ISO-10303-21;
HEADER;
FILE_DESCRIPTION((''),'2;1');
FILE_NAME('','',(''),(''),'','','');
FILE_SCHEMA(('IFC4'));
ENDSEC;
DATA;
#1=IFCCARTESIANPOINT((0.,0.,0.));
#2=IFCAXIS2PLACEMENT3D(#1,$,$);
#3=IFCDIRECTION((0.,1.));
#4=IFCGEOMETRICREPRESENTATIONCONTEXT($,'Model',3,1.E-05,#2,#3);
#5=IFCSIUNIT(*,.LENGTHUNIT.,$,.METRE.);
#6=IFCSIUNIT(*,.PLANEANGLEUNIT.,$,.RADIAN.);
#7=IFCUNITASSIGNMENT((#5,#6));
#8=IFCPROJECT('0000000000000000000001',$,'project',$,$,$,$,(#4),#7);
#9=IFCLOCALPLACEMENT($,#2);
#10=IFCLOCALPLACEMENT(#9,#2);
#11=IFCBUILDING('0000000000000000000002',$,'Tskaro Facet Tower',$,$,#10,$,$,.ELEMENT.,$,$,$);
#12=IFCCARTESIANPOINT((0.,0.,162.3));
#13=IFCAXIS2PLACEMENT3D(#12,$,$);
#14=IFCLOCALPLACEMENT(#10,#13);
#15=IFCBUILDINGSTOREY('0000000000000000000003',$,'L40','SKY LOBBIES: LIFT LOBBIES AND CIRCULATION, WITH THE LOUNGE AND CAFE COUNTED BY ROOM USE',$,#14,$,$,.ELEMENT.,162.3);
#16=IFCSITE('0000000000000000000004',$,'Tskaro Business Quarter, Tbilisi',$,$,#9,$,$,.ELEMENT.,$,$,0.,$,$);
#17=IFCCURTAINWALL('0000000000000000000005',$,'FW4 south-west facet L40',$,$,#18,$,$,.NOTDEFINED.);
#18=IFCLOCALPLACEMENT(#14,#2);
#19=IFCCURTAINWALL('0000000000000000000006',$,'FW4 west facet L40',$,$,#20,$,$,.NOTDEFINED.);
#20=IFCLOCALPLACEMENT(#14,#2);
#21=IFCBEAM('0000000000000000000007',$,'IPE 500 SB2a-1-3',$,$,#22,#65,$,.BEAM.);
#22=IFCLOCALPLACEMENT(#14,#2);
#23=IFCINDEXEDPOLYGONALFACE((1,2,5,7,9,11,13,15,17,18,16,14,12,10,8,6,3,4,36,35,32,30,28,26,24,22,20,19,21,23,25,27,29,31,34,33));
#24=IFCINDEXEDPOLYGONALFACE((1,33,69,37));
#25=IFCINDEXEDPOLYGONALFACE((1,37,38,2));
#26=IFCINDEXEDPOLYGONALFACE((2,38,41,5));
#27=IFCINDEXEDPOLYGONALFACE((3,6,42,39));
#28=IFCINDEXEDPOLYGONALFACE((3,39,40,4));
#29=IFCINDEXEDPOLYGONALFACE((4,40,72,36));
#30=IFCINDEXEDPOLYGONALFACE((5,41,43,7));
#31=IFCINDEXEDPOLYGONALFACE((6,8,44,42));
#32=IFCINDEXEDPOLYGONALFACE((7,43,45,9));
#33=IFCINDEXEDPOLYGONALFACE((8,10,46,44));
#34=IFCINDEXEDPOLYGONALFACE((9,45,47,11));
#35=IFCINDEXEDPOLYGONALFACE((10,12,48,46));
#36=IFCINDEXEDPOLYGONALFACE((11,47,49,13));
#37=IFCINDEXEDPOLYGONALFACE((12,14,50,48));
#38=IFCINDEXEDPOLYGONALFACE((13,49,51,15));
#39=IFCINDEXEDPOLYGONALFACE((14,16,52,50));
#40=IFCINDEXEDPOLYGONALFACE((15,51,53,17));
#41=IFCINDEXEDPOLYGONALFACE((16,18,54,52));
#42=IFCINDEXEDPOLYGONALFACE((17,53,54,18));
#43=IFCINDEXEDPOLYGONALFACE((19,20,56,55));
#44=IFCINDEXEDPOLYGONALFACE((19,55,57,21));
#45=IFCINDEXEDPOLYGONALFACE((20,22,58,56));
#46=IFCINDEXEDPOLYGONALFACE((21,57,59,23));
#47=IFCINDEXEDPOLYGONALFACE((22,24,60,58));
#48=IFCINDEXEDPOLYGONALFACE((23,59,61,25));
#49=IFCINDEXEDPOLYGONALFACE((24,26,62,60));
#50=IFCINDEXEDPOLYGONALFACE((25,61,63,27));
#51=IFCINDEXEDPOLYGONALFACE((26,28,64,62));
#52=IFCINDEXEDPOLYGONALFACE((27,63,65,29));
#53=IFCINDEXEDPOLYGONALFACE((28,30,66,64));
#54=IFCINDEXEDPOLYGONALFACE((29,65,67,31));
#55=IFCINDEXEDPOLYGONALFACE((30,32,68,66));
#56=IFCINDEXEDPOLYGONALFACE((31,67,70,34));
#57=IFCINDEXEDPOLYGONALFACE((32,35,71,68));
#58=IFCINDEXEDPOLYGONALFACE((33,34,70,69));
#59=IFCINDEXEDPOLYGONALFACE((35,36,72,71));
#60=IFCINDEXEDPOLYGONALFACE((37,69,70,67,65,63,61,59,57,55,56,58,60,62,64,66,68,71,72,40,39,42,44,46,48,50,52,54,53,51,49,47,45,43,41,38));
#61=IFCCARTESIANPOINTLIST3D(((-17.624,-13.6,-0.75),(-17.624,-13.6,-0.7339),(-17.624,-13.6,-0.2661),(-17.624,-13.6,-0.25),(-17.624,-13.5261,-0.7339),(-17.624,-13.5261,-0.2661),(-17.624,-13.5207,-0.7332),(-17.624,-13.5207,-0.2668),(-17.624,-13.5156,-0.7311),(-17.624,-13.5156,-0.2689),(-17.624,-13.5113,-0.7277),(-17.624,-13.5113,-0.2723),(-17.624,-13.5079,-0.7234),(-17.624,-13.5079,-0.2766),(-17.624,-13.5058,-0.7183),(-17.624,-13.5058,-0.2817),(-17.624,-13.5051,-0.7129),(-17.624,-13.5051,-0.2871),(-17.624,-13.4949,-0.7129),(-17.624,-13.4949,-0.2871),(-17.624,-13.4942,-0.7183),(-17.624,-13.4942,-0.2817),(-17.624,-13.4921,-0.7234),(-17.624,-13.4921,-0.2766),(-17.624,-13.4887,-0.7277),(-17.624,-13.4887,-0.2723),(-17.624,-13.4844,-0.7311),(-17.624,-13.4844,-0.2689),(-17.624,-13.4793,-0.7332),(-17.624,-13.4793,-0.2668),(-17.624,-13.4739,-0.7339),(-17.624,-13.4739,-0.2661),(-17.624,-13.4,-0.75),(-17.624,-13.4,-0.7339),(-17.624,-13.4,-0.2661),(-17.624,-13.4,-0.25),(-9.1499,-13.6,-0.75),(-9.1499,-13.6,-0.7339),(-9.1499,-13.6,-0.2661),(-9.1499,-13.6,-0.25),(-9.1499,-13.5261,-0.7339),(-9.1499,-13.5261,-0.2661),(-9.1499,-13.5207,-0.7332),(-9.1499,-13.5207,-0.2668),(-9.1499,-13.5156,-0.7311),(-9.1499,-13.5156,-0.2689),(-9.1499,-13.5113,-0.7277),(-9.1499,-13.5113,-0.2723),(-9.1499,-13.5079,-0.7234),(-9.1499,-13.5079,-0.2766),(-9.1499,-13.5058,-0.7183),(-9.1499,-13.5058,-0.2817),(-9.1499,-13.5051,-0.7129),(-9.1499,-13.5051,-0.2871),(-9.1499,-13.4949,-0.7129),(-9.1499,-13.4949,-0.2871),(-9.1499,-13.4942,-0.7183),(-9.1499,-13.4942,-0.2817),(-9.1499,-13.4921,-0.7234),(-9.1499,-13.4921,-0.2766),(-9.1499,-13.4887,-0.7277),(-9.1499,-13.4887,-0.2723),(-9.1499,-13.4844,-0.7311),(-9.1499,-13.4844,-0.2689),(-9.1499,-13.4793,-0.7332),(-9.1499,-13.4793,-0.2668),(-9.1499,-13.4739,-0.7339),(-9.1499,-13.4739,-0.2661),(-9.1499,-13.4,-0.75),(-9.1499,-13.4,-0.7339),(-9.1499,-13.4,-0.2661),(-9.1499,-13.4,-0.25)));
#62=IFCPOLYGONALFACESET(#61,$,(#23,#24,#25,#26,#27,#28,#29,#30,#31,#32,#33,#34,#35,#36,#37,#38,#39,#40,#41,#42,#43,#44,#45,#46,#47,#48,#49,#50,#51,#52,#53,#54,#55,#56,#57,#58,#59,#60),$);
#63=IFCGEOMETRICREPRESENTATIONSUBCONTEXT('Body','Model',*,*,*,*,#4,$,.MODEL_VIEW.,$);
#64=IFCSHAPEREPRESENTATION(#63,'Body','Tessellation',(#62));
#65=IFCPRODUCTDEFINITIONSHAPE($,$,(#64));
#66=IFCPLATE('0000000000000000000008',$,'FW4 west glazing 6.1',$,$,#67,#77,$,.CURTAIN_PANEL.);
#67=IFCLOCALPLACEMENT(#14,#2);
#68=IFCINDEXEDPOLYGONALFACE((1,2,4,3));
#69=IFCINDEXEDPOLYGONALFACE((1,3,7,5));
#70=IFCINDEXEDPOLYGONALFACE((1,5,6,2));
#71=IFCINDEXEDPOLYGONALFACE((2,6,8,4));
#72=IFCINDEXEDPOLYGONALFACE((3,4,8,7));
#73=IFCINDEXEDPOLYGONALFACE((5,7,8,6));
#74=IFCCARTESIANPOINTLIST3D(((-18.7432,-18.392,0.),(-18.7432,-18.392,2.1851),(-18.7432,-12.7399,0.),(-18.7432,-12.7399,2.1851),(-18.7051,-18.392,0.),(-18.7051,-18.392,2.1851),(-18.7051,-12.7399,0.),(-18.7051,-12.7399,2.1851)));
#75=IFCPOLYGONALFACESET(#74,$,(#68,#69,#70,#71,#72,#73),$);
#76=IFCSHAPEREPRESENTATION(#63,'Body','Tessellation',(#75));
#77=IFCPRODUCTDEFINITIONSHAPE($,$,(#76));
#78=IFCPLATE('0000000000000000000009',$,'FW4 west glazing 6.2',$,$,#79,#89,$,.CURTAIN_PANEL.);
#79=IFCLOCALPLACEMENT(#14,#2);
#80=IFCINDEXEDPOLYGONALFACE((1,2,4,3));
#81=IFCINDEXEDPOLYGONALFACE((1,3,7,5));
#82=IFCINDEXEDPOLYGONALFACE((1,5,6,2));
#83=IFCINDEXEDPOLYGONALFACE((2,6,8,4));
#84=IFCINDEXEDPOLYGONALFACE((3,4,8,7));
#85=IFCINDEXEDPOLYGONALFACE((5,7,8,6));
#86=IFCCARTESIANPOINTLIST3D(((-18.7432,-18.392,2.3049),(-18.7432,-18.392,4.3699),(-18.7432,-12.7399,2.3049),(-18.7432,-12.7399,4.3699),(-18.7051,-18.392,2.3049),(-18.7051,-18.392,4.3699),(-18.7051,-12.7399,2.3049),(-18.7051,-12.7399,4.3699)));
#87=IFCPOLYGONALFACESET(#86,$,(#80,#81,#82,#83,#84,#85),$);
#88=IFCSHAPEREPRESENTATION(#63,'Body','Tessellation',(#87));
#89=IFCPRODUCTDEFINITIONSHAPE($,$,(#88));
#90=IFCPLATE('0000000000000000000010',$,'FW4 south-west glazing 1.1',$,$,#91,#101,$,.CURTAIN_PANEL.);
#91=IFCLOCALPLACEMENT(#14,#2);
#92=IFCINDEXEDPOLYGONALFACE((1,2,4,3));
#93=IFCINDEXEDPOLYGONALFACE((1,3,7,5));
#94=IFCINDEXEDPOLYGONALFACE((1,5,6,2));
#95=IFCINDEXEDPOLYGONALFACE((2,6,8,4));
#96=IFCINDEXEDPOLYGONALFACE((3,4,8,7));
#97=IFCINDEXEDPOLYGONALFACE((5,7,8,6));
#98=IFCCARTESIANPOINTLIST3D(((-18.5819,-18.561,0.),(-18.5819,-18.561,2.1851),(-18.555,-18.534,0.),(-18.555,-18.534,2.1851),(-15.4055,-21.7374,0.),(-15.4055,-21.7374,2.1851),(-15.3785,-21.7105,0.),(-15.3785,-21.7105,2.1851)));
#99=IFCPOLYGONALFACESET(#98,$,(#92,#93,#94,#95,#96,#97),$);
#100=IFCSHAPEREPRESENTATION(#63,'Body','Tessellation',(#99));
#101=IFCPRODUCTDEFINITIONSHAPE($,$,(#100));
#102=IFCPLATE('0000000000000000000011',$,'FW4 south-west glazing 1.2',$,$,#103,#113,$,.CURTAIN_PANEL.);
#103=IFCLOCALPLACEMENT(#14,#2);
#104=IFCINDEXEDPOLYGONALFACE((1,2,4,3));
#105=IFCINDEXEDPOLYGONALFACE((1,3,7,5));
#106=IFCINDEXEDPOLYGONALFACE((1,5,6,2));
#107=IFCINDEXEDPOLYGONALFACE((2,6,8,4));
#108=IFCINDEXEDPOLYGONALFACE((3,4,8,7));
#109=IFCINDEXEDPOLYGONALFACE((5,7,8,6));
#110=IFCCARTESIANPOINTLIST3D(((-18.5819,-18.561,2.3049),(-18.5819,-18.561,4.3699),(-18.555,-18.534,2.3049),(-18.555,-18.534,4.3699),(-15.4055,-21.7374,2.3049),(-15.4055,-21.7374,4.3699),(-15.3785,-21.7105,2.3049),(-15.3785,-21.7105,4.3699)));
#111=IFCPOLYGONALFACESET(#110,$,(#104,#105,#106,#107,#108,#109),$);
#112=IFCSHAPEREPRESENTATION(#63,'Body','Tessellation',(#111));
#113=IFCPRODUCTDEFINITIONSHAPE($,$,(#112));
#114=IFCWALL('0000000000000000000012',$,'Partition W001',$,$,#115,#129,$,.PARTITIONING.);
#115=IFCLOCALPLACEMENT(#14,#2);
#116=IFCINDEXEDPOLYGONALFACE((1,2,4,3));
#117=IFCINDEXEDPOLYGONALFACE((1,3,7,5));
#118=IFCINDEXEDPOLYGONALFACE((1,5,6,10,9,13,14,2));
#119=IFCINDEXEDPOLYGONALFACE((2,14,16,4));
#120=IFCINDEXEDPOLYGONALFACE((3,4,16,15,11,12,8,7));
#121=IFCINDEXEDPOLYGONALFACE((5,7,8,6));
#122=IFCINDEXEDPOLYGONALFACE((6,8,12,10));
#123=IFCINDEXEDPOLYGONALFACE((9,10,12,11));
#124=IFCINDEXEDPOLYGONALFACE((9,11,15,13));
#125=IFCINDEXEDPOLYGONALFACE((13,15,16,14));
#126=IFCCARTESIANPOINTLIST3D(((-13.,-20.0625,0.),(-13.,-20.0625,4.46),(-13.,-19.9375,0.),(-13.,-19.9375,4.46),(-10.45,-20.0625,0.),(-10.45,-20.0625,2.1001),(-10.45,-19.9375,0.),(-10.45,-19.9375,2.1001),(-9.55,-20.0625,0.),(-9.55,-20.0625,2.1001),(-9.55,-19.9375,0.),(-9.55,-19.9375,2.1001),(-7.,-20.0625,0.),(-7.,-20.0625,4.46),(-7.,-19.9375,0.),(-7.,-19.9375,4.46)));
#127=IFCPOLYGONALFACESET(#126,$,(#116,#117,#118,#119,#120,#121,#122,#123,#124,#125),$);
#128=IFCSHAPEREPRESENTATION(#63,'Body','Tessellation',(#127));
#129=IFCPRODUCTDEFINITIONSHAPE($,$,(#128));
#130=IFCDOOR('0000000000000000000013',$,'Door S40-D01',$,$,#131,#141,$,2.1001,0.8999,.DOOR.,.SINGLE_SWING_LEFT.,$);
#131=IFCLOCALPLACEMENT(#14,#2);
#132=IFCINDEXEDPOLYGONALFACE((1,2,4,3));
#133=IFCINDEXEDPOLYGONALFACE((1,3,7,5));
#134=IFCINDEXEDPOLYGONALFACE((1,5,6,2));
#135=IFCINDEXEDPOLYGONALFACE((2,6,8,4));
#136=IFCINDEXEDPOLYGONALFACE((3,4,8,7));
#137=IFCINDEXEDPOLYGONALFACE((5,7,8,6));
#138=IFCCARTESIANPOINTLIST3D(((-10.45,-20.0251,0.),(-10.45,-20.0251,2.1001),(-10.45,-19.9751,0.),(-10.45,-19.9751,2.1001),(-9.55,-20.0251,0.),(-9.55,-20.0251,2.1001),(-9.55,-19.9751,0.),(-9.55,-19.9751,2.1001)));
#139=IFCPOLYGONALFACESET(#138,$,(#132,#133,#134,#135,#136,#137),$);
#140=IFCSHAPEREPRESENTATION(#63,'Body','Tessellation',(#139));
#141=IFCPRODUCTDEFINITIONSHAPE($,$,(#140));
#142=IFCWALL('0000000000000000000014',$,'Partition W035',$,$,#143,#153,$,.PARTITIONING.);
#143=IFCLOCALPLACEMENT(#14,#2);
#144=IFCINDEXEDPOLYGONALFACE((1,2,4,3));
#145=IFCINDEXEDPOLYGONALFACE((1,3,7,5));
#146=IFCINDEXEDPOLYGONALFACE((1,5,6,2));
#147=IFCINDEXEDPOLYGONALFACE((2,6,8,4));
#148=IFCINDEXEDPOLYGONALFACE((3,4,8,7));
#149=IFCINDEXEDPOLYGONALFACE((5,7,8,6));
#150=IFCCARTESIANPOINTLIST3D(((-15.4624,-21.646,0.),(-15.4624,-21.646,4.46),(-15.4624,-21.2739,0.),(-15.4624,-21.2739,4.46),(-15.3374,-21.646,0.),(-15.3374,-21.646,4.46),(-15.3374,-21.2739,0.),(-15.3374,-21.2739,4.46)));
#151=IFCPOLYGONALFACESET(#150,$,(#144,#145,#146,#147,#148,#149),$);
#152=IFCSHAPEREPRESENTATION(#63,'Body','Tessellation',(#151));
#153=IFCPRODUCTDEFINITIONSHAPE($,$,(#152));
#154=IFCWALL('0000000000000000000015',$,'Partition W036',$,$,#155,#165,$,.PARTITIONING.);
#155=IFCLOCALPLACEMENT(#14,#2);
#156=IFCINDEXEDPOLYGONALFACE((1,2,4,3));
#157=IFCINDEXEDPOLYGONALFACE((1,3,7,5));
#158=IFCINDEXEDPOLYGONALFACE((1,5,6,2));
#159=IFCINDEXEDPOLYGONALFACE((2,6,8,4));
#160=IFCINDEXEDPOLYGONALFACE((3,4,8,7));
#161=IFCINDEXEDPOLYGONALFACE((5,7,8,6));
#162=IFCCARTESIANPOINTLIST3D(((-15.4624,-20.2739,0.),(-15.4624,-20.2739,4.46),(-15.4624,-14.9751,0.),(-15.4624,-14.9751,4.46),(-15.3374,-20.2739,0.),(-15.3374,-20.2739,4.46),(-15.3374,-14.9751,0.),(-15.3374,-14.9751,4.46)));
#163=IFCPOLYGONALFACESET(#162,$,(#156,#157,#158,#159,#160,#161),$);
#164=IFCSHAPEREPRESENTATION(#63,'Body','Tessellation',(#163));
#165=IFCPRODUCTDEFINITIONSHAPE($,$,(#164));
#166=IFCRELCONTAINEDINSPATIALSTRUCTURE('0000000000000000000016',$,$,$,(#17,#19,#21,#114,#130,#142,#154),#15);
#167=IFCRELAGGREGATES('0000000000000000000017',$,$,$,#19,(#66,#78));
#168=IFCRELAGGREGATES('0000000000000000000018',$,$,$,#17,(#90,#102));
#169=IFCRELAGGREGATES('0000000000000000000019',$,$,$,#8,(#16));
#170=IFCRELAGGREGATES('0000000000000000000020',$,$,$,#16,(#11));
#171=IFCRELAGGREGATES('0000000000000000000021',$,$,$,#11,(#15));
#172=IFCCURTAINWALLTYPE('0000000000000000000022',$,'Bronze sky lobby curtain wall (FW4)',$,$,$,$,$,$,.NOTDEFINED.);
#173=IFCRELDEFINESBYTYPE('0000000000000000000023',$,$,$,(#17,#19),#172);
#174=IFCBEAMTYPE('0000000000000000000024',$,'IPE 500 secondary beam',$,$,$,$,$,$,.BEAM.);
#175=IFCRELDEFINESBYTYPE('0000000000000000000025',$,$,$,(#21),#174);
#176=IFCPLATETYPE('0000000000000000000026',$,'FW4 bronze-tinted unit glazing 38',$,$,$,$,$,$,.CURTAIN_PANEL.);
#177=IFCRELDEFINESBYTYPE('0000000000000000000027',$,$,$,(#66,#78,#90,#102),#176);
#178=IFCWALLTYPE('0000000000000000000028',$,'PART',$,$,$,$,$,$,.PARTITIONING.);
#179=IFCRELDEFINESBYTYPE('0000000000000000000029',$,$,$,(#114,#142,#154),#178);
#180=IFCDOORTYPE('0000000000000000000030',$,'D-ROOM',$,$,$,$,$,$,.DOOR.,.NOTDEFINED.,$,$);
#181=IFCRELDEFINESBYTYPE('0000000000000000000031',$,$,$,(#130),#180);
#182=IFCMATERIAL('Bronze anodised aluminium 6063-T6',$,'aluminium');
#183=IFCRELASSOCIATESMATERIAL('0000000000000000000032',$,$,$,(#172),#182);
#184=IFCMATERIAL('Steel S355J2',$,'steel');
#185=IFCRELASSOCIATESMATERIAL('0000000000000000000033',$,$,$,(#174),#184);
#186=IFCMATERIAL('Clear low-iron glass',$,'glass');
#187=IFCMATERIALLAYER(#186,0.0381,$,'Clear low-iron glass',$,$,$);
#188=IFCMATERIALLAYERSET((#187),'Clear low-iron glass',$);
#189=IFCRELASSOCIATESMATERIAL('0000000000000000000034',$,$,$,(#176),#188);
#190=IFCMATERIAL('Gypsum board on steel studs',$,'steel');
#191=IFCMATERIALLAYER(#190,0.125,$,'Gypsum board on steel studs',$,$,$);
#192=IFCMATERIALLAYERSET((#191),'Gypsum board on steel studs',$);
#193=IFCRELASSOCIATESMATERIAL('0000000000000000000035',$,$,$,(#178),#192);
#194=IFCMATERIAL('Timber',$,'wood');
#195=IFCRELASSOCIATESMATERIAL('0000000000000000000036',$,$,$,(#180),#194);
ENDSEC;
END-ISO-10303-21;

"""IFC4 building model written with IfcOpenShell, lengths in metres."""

from ifc_helpers import new_model, si_unit, direction, frame, frame_2d, origin, origin_2d, place, context, subcontext, project, spatial, rectangle, i_section, extrude, material, layer, layer_set, material_profile, profile_set, type_object, element, fill, aggregate, save


model = new_model("IFC4")

# Units and contexts
model_context = context("Model", 3, precision=1e-05, world=origin(), true_north=direction((0.0, 1.0)))
body_context = subcontext(model_context, "Body", "Model", "MODEL_VIEW")
ifc_project = project(units=[si_unit("LENGTHUNIT", "METRE"), si_unit("PLANEANGLEUNIT", "RADIAN")], contexts=[model_context])

# Site, building, storey
site_placement = place(None, origin())
site = spatial("IfcSite", under=ifc_project, at=site_placement, Name="Tskaro Business Quarter, Tbilisi", CompositionType="ELEMENT", RefElevation=0.0)
building_placement = place(site_placement, origin())
building = spatial("IfcBuilding", under=site, at=building_placement, Name="Tskaro Facet Tower", CompositionType="ELEMENT")
storey_placement = place(building_placement, frame((0.0, 0.0, 162.3)))
storey = spatial("IfcBuildingStorey", under=building, at=storey_placement, Name="L40", Description="SKY LOBBIES: LIFT LOBBIES AND CIRCULATION, WITH THE LOUNGE AND CAFE COUNTED BY ROOM USE", CompositionType="ELEMENT", Elevation=162.3)

# Curtain walls
ifc_material_1 = material(Name="Bronze anodised aluminium 6063-T6", Category="aluminium")
curtain_wall_type = type_object("IfcCurtainWallType", Name="Bronze sky lobby curtain wall (FW4)", PredefinedType="NOTDEFINED", material=ifc_material_1)
curtain_wall_1_placement = place(storey_placement, origin())
curtain_wall_1 = element("IfcCurtainWall", 1, at=curtain_wall_1_placement, inside=storey, type_object=curtain_wall_type, Name="FW4 south-west facet L40", PredefinedType="NOTDEFINED")
curtain_wall_2_placement = place(storey_placement, origin())
curtain_wall_2 = element("IfcCurtainWall", 2, at=curtain_wall_2_placement, inside=storey, type_object=curtain_wall_type, Name="FW4 west facet L40", PredefinedType="NOTDEFINED")

# Beam
ifc_material_2 = material(Name="Steel S355J2", Category="steel")
ifc_material_profile_1 = material_profile(ifc_material_2, i_section(OverallWidth=0.2, OverallDepth=0.5, WebThickness=0.0103, FlangeThickness=0.0161, FilletRadius=0.021, at=origin_2d()), Name="IPE 500")
ifc_profile_set_1 = profile_set([ifc_material_profile_1], Name="Steel S355J2")
beam_type_1 = type_object("IfcBeamType", Name="IPE 500 secondary beam", PredefinedType="BEAM", material=ifc_profile_set_1)
beam_1_placement = place(storey_placement, frame((-17.624, -13.5, -0.5), z_axis=(1.0, 0.0, 0.0), x_axis=(0.0, 1.0, 0.0)))
element("IfcBeam", 3, at=beam_1_placement, inside=storey, type_object=beam_type_1, Name="IPE 500 SB2a-1-3", PredefinedType="BEAM", context=body_context, shape_type="SweptSolid", body=[
    extrude(i_section(OverallWidth=0.2, OverallDepth=0.5, WebThickness=0.0103, FlangeThickness=0.0161, FilletRadius=0.021, at=origin_2d()), origin(), (0.0, 0.0, 1.0), 8.4741),
])

# Plates
ifc_material_3 = material(Name="Clear low-iron glass", Category="glass")
ifc_layer_1 = layer(ifc_material_3, 0.0381, Name="Clear low-iron glass")
ifc_layer_set_1 = layer_set([ifc_layer_1], Name="Clear low-iron glass")
plate_type = type_object("IfcPlateType", Name="FW4 bronze-tinted unit glazing 38", PredefinedType="CURTAIN_PANEL", material=ifc_layer_set_1)
plate_1_placement = place(storey_placement, frame((-18.7241, -15.5659, 0.0), z_axis=(0.0, 0.0, 1.0), x_axis=(0.0, -1.0, 0.0)))
plate_1 = element("IfcPlate", 4, at=plate_1_placement, type_object=plate_type, Name="FW4 west glazing 6.1", PredefinedType="CURTAIN_PANEL", context=body_context, shape_type="SweptSolid", body=[
    extrude(rectangle(XDim=5.6521, YDim=0.0381, at=origin_2d()), origin(), (0.0, 0.0, 1.0), 2.1851),
])
plate_2_placement = place(storey_placement, frame((-18.7241, -15.5659, 2.3049), z_axis=(0.0, 0.0, 1.0), x_axis=(0.0, -1.0, 0.0)))
plate_2 = element("IfcPlate", 5, at=plate_2_placement, type_object=plate_type, Name="FW4 west glazing 6.2", PredefinedType="CURTAIN_PANEL", context=body_context, shape_type="SweptSolid", body=[
    extrude(rectangle(XDim=5.6521, YDim=0.0381, at=origin_2d()), origin(), (0.0, 0.0, 1.0), 2.0649),
])
aggregate(curtain_wall_2, [plate_1, plate_2])
plate_3_placement = place(storey_placement, frame((-16.9802, -20.1357, 0.0), z_axis=(0.0, 0.0, 1.0), x_axis=(0.707107, -0.707107, 0.0)))
plate_3 = element("IfcPlate", 6, at=plate_3_placement, type_object=plate_type, Name="FW4 south-west glazing 1.1", PredefinedType="CURTAIN_PANEL", context=body_context, shape_type="SweptSolid", body=[
    extrude(rectangle(XDim=4.4922, YDim=0.0381, at=origin_2d()), origin(), (0.0, 0.0, 1.0), 2.1851),
])
plate_4_placement = place(storey_placement, frame((-16.9802, -20.1357, 2.3049), z_axis=(0.0, 0.0, 1.0), x_axis=(0.707107, -0.707107, 0.0)))
plate_4 = element("IfcPlate", 7, at=plate_4_placement, type_object=plate_type, Name="FW4 south-west glazing 1.2", PredefinedType="CURTAIN_PANEL", context=body_context, shape_type="SweptSolid", body=[
    extrude(rectangle(XDim=4.4922, YDim=0.0381, at=origin_2d()), origin(), (0.0, 0.0, 1.0), 2.0649),
])
aggregate(curtain_wall_1, [plate_3, plate_4])

# Wall, opening, door
ifc_material_4 = material(Name="Gypsum board on steel studs", Category="steel")
ifc_layer_2 = layer(ifc_material_4, 0.125, Name="Gypsum board on steel studs")
ifc_layer_set_2 = layer_set([ifc_layer_2], Name="Gypsum board on steel studs")
wall_type_1 = type_object("IfcWallType", Name="PART", PredefinedType="PARTITIONING", material=ifc_layer_set_2)
wall_1_placement = place(storey_placement, frame((-13.0, -20.0, 0.0), z_axis=(0.0, 0.0, 1.0), x_axis=(1.0, 0.0, 0.0)))
wall_1 = element("IfcWall", 8, at=wall_1_placement, inside=storey, type_object=wall_type_1, Name="Partition W001", PredefinedType="PARTITIONING", context=body_context, shape_type="SweptSolid", body=[
    extrude(rectangle(XDim=6.0, YDim=0.125, at=frame_2d((3.0, 0.0))), origin(), (0.0, 0.0, 1.0), 4.46),
])
opening_1_placement = place(wall_1_placement, frame((2.55, 0.0, 0.0)))
opening_1 = element("IfcOpeningElement", 9, at=opening_1_placement, cuts=wall_1, PredefinedType="OPENING", context=body_context, shape_type="SweptSolid", body=[
    extrude(rectangle(XDim=0.8999, YDim=2.1001, at=frame_2d((0.45, 1.05))), frame((0.0, 0.0725, 0.0), z_axis=(0.0, -1.0, 0.0), x_axis=(1.0, 0.0, 0.0)), (0.0, 0.0, 1.0), 0.145),
])
ifc_material_5 = material(Name="Timber", Category="wood")
door_type_1 = type_object("IfcDoorType", Name="D-ROOM", OperationType="NOTDEFINED", PredefinedType="DOOR", material=ifc_material_5)
door_1_placement = place(opening_1_placement, origin())
door_1 = element("IfcDoor", 10, at=door_1_placement, inside=storey, type_object=door_type_1, Name="Door S40-D01", OperationType="SINGLE_SWING_LEFT", OverallHeight=2.1001, OverallWidth=0.8999, PredefinedType="DOOR", context=body_context, shape_type="SweptSolid", body=[
    extrude(rectangle(XDim=0.8999, YDim=2.1001, at=frame_2d((0.45, 1.05))), frame((0.0, 0.0249, 0.0), z_axis=(0.0, -1.0, 0.0), x_axis=(1.0, 0.0, 0.0)), (0.0, 0.0, 1.0), 0.05),
])
fill(opening_1, door_1)

# Walls
wall_2_placement = place(storey_placement, frame((-15.3999, -21.646, 0.0), z_axis=(0.0, 0.0, 1.0), x_axis=(0.0, 1.0, 0.0)))
element("IfcWall", 11, at=wall_2_placement, inside=storey, type_object=wall_type_1, Name="Partition W035", PredefinedType="PARTITIONING", context=body_context, shape_type="SweptSolid", body=[
    extrude(rectangle(XDim=0.3721, YDim=0.125, at=frame_2d((0.186, 0.0))), origin(), (0.0, 0.0, 1.0), 4.46),
])
wall_3_placement = place(storey_placement, frame((-15.3999, -20.2739, 0.0), z_axis=(0.0, 0.0, 1.0), x_axis=(0.0, 1.0, 0.0)))
element("IfcWall", 12, at=wall_3_placement, inside=storey, type_object=wall_type_1, Name="Partition W036", PredefinedType="PARTITIONING", context=body_context, shape_type="SweptSolid", body=[
    extrude(rectangle(XDim=5.2988, YDim=0.125, at=frame_2d((2.6494, 0.0))), origin(), (0.0, 0.0, 1.0), 4.46),
])

save(model, "model.ifc")
